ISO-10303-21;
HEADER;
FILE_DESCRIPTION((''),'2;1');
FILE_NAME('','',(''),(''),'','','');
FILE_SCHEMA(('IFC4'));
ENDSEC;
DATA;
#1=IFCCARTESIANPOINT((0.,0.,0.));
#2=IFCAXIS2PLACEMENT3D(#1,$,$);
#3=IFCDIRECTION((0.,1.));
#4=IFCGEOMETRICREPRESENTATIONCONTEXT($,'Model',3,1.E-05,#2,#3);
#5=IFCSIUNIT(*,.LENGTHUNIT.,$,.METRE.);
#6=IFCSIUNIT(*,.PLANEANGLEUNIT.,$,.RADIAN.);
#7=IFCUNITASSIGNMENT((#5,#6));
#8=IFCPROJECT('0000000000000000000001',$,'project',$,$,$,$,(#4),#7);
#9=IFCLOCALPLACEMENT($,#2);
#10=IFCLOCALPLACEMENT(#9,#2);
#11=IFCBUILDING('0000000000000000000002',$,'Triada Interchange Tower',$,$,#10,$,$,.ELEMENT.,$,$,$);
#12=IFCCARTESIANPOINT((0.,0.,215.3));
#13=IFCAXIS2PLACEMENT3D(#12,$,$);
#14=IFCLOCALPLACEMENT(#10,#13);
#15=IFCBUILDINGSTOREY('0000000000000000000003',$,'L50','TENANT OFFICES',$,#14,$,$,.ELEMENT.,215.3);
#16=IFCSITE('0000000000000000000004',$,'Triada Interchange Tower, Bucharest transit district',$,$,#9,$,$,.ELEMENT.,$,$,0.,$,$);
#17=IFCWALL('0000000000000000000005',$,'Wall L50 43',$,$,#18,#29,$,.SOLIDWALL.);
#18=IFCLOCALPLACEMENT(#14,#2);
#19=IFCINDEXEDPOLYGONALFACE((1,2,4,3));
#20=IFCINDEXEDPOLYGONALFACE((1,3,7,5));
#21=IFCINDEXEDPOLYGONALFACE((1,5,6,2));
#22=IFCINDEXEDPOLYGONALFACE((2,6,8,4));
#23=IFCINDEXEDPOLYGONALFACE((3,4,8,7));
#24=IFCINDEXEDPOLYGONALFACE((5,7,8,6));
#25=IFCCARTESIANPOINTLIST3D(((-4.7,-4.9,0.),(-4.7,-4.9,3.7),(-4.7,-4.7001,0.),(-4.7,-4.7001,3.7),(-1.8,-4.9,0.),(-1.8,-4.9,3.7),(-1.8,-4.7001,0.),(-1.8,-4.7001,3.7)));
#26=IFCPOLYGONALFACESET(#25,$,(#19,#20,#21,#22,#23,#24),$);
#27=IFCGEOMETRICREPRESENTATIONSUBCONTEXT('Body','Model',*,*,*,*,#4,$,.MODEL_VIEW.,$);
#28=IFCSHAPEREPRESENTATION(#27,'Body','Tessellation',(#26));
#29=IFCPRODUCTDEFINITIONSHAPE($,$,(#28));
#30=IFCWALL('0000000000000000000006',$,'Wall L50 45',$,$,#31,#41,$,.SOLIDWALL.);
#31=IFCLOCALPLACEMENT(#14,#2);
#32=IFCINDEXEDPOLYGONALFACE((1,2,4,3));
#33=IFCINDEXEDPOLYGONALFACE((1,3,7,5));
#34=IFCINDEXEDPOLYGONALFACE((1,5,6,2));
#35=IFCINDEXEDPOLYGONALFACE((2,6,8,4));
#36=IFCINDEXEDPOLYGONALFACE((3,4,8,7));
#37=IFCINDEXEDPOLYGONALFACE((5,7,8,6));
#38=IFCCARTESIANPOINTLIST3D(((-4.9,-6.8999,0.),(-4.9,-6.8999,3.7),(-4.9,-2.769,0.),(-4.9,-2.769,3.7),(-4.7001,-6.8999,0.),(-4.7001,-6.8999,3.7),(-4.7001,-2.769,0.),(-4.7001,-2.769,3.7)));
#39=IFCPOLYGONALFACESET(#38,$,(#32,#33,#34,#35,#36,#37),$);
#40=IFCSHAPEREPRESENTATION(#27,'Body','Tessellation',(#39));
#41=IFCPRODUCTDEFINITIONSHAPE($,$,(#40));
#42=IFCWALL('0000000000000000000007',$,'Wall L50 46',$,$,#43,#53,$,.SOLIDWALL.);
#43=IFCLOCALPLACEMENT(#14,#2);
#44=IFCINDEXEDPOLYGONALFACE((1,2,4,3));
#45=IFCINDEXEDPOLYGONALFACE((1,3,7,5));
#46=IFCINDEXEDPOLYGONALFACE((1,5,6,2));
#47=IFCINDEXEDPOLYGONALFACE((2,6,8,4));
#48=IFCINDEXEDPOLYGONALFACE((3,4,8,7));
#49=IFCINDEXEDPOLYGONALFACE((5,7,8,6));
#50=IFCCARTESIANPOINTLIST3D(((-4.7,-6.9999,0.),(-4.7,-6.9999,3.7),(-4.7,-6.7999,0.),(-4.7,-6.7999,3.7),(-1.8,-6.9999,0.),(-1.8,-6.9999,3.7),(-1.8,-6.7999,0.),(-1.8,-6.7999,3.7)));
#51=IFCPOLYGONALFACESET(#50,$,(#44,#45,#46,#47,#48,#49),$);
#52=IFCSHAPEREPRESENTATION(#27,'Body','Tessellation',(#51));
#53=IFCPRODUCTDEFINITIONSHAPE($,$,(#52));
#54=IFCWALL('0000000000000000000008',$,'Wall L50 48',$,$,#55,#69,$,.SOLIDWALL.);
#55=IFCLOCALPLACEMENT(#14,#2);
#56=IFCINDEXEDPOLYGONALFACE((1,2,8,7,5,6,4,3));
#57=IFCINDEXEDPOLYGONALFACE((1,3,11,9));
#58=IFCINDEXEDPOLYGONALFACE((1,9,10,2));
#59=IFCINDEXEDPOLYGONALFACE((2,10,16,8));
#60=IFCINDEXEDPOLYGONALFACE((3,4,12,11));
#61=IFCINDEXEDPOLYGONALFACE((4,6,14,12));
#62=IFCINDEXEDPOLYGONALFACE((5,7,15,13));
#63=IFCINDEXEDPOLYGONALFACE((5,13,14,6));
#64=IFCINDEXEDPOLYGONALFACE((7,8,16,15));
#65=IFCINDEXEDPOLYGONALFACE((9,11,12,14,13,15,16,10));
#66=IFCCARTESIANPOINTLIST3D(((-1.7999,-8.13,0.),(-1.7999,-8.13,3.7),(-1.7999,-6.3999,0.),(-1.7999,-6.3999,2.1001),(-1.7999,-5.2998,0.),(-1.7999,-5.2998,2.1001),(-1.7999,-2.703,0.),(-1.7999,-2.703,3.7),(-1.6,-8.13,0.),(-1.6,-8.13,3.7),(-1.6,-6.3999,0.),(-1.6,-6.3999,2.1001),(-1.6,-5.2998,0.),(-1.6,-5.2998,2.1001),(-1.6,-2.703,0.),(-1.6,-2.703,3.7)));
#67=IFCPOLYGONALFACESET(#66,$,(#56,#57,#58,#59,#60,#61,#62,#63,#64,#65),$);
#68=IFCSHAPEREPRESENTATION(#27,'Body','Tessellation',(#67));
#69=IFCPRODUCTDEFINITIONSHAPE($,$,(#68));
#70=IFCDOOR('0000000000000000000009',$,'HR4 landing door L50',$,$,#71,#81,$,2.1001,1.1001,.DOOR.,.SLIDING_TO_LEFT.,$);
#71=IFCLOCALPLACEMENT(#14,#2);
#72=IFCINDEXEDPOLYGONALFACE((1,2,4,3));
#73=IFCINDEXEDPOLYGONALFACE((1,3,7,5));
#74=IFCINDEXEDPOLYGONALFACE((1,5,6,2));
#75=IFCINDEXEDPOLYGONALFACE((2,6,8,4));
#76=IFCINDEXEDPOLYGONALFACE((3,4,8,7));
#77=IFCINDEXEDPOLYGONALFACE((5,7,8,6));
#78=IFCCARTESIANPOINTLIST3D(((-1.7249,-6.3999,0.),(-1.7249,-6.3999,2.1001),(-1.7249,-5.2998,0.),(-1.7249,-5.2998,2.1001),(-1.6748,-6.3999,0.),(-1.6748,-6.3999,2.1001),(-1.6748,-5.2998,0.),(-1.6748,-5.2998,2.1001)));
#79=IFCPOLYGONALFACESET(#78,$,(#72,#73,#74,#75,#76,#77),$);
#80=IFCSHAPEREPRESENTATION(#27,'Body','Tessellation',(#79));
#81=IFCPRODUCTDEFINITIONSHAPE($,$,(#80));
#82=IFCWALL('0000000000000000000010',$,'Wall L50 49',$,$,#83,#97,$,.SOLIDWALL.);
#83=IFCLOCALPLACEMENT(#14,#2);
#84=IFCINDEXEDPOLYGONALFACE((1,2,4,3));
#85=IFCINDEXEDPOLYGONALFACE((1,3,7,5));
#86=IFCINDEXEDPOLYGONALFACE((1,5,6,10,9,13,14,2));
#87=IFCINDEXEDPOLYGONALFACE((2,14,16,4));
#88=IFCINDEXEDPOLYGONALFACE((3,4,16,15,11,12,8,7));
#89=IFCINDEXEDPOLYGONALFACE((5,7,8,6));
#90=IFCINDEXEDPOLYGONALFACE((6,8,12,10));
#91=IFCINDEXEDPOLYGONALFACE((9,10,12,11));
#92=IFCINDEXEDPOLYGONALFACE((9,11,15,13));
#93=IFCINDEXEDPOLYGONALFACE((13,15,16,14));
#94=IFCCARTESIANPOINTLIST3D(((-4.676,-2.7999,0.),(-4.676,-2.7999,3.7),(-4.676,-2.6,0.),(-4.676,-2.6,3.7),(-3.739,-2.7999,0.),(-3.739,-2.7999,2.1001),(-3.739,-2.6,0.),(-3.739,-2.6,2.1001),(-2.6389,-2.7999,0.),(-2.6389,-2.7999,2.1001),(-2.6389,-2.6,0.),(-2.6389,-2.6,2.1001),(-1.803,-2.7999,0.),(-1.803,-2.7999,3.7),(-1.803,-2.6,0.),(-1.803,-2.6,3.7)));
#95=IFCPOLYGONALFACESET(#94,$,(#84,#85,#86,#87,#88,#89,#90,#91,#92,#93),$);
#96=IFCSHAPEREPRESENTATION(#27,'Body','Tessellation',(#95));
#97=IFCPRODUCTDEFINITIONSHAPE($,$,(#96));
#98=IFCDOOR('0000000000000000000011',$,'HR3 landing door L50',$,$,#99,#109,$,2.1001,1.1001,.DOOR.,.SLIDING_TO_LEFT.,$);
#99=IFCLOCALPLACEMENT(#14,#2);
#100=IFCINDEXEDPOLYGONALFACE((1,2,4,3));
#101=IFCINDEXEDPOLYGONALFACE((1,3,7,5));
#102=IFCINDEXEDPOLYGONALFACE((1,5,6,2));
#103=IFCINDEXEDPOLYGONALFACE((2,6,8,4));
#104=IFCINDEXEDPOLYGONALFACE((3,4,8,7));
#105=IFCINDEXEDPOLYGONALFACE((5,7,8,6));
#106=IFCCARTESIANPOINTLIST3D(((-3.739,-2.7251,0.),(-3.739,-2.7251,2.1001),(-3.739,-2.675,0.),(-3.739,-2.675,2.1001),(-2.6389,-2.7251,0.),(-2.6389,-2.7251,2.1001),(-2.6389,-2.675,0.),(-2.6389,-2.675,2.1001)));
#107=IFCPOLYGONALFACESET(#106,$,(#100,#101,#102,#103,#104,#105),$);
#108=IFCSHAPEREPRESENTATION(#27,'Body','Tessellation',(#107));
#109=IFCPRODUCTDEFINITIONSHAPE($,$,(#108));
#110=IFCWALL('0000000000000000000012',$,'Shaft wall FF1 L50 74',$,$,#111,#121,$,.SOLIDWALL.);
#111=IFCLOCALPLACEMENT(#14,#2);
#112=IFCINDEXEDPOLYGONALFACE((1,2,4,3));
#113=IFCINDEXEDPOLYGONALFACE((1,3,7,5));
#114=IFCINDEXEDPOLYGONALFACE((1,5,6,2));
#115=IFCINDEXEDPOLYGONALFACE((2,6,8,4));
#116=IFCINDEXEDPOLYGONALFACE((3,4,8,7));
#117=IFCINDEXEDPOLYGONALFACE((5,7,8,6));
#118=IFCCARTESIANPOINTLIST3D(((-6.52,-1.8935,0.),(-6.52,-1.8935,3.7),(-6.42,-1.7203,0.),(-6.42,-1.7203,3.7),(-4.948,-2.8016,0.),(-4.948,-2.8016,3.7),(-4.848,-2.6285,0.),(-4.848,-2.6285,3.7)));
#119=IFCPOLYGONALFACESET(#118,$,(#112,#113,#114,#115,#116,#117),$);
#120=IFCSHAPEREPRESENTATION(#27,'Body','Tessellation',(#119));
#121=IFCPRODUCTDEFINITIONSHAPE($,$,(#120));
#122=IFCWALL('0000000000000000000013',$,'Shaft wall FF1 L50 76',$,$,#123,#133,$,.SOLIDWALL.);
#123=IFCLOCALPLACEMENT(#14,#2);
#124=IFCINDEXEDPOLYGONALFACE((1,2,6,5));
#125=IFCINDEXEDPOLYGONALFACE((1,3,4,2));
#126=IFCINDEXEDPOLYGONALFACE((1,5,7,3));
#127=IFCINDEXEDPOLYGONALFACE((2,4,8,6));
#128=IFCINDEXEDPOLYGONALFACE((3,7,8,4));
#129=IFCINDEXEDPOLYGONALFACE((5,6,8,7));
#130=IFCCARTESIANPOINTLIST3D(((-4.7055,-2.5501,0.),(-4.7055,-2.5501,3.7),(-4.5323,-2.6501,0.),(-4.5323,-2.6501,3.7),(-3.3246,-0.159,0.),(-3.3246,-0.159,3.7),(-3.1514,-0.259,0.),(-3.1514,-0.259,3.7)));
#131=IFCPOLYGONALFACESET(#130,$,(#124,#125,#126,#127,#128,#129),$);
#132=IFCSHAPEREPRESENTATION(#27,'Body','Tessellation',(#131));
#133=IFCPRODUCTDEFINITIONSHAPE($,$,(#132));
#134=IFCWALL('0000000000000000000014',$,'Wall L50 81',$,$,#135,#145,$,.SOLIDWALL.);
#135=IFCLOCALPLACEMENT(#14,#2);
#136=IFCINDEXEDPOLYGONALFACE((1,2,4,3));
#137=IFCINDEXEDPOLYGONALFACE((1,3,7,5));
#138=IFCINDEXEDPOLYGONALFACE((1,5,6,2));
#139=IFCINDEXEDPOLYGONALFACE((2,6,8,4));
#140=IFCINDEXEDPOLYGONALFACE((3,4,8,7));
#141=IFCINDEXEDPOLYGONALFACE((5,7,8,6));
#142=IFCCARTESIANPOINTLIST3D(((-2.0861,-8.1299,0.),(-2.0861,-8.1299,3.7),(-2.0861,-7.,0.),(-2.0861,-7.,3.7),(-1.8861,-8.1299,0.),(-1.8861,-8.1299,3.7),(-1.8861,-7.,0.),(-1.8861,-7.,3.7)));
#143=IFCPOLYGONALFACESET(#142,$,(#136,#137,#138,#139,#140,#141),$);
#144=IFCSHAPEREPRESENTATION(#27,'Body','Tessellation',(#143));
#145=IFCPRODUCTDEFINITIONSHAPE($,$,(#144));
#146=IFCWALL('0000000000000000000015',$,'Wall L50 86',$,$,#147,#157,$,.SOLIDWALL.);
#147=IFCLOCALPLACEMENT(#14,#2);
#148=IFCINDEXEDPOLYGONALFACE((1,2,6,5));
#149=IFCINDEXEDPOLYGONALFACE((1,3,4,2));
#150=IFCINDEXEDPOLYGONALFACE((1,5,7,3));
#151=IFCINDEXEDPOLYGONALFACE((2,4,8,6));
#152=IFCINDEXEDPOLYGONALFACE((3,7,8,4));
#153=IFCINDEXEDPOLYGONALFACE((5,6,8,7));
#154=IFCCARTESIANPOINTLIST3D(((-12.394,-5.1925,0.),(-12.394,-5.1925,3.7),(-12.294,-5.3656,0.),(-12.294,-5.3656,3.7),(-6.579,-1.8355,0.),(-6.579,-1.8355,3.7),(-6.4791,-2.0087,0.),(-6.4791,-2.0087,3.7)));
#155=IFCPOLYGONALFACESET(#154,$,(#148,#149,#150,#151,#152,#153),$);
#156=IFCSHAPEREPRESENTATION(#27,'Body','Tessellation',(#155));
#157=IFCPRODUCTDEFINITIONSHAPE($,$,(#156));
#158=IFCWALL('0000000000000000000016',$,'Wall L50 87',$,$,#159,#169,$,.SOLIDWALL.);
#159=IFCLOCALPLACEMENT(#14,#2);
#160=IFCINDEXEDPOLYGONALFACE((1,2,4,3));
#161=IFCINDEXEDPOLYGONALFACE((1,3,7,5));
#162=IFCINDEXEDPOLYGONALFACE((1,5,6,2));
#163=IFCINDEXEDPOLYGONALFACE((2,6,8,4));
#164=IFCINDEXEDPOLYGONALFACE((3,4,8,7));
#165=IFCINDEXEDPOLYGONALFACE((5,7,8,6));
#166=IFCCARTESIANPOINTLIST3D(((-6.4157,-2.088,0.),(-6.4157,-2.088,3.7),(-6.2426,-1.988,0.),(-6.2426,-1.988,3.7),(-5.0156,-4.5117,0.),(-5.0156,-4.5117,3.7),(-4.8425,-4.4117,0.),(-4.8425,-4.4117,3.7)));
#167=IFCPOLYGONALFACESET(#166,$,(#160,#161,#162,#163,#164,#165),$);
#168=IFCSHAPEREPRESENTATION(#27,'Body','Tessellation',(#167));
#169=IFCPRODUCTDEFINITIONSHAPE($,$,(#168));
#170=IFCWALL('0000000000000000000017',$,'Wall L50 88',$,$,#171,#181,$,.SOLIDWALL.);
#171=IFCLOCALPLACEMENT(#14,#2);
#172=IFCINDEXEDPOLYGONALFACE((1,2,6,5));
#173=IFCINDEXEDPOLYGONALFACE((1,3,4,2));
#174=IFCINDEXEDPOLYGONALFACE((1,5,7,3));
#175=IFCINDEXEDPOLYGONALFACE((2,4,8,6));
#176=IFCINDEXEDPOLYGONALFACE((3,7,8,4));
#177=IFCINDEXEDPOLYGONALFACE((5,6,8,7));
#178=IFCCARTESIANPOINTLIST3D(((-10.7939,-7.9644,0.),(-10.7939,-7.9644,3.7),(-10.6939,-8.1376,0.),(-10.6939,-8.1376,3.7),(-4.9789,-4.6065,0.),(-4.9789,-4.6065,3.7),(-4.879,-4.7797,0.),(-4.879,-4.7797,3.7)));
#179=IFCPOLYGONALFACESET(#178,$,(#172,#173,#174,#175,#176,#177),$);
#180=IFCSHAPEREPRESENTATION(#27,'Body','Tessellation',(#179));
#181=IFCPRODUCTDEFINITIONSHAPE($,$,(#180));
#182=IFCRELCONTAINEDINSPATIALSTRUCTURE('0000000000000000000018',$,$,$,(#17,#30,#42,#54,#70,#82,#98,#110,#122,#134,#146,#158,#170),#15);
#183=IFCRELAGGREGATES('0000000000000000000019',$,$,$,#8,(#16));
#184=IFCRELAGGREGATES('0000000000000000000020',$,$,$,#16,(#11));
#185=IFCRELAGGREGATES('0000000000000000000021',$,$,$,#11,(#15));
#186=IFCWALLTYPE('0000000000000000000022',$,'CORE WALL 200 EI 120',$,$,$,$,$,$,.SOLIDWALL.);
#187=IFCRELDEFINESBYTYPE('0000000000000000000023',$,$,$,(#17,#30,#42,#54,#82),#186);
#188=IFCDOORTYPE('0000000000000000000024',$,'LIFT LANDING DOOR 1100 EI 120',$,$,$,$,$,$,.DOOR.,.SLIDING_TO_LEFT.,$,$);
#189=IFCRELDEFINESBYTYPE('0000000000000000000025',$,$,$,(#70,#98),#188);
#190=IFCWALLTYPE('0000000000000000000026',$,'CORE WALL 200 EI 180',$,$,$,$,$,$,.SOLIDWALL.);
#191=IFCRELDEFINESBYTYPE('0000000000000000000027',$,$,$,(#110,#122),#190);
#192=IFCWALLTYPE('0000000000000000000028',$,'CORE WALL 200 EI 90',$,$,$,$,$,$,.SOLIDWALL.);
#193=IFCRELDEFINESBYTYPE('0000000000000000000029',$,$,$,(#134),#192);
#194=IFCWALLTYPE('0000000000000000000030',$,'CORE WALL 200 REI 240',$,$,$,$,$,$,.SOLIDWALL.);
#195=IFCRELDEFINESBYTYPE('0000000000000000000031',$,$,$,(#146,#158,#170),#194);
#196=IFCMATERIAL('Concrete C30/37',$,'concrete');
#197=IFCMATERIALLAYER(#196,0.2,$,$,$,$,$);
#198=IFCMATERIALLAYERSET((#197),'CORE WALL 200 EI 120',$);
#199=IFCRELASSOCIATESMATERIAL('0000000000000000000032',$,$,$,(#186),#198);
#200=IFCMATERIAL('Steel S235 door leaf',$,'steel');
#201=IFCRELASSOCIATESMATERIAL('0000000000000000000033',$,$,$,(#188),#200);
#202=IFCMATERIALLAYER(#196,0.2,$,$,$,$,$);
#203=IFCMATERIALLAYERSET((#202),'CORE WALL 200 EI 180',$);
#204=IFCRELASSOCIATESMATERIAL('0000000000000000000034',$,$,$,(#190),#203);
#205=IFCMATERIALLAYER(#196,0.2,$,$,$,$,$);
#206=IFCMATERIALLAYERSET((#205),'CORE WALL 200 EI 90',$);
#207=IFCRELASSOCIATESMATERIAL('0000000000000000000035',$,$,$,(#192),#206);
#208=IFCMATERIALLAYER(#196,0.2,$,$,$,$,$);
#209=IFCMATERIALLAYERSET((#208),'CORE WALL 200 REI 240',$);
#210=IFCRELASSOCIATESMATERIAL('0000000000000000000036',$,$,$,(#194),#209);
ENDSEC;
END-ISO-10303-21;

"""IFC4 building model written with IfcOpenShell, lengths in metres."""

from ifc_helpers import new_model, si_unit, direction, frame, frame_2d, origin, place, context, subcontext, project, spatial, rectangle, extrude, material, layer, layer_set, type_object, element, fill, save


model = new_model("IFC4")

# Units and contexts
model_context = context("Model", 3, precision=1e-05, world=origin(), true_north=direction((0.0, 1.0)))
body_context = subcontext(model_context, "Body", "Model", "MODEL_VIEW")
ifc_project = project(units=[si_unit("LENGTHUNIT", "METRE"), si_unit("PLANEANGLEUNIT", "RADIAN")], contexts=[model_context])

# Site, building, storey
site_placement = place(None, origin())
site = spatial("IfcSite", under=ifc_project, at=site_placement, Name="Triada Interchange Tower, Bucharest transit district", CompositionType="ELEMENT", RefElevation=0.0)
building_placement = place(site_placement, origin())
building = spatial("IfcBuilding", under=site, at=building_placement, Name="Triada Interchange Tower", CompositionType="ELEMENT")
storey_placement = place(building_placement, frame((0.0, 0.0, 215.3)))
storey = spatial("IfcBuildingStorey", under=building, at=storey_placement, Name="L50", Description="TENANT OFFICES", CompositionType="ELEMENT", Elevation=215.3)

# Walls
ifc_material_1 = material(Name="Concrete C30/37", Category="concrete")
ifc_layer_1 = layer(ifc_material_1, 0.2)
ifc_layer_set_1 = layer_set([ifc_layer_1], Name="CORE WALL 200 EI 120")
wall_type_1 = type_object("IfcWallType", Name="CORE WALL 200 EI 120", PredefinedType="SOLIDWALL", material=ifc_layer_set_1)
wall_1_placement = place(storey_placement, frame((-4.7, -4.8, 0.0), z_axis=(0.0, 0.0, 1.0), x_axis=(1.0, 0.0, 0.0)))
element("IfcWall", 1, at=wall_1_placement, inside=storey, type_object=wall_type_1, Name="Wall L50 43", PredefinedType="SOLIDWALL", context=body_context, shape_type="SweptSolid", body=[
    extrude(rectangle(XDim=2.8999, YDim=0.2, at=frame_2d((1.45, 0.0))), origin(), (0.0, 0.0, 1.0), 3.7),
])
wall_2_placement = place(storey_placement, frame((-4.8, -6.8999, 0.0), z_axis=(0.0, 0.0, 1.0), x_axis=(0.0, 1.0, 0.0)))
element("IfcWall", 2, at=wall_2_placement, inside=storey, type_object=wall_type_1, Name="Wall L50 45", PredefinedType="SOLIDWALL", context=body_context, shape_type="SweptSolid", body=[
    extrude(rectangle(XDim=4.1309, YDim=0.2, at=frame_2d((2.0654, 0.0))), origin(), (0.0, 0.0, 1.0), 3.7),
])
wall_3_placement = place(storey_placement, frame((-4.7, -6.8999, 0.0), z_axis=(0.0, 0.0, 1.0), x_axis=(1.0, 0.0, 0.0)))
element("IfcWall", 3, at=wall_3_placement, inside=storey, type_object=wall_type_1, Name="Wall L50 46", PredefinedType="SOLIDWALL", context=body_context, shape_type="SweptSolid", body=[
    extrude(rectangle(XDim=2.8999, YDim=0.2, at=frame_2d((1.45, 0.0))), origin(), (0.0, 0.0, 1.0), 3.7),
])

# Walls, openings, doors
wall_4_placement = place(storey_placement, frame((-1.7, -8.1299, 0.0), z_axis=(0.0, 0.0, 1.0), x_axis=(0.0, 1.0, 0.0)))
wall_4 = element("IfcWall", 4, at=wall_4_placement, inside=storey, type_object=wall_type_1, Name="Wall L50 48", PredefinedType="SOLIDWALL", context=body_context, shape_type="SweptSolid", body=[
    extrude(rectangle(XDim=5.427, YDim=0.2, at=frame_2d((2.7134, 0.0))), origin(), (0.0, 0.0, 1.0), 3.7),
])
opening_1_placement = place(wall_4_placement, frame((1.73, 0.0, 0.0)))
opening_1 = element("IfcOpeningElement", 5, at=opening_1_placement, cuts=wall_4, PredefinedType="OPENING", context=body_context, shape_type="SweptSolid", body=[
    extrude(rectangle(XDim=1.1001, YDim=2.1001, at=frame_2d((0.55, 1.05))), frame((0.0, 0.1099, 0.0), z_axis=(0.0, -1.0, 0.0), x_axis=(1.0, 0.0, 0.0)), (0.0, 0.0, 1.0), 0.22),
])
ifc_material_2 = material(Name="Steel S235 door leaf", Category="steel")
door_type_1 = type_object("IfcDoorType", Name="LIFT LANDING DOOR 1100 EI 120", OperationType="SLIDING_TO_LEFT", PredefinedType="DOOR", material=ifc_material_2)
door_1_placement = place(opening_1_placement, origin())
door_1 = element("IfcDoor", 6, at=door_1_placement, inside=storey, type_object=door_type_1, Name="HR4 landing door L50", OperationType="SLIDING_TO_LEFT", OverallHeight=2.1001, OverallWidth=1.1001, PredefinedType="DOOR", context=body_context, shape_type="SweptSolid", body=[
    extrude(rectangle(XDim=1.1001, YDim=2.1001, at=frame_2d((0.55, 1.05))), frame((0.0, 0.0249, 0.0), z_axis=(0.0, -1.0, 0.0), x_axis=(1.0, 0.0, 0.0)), (0.0, 0.0, 1.0), 0.05),
])
fill(opening_1, door_1)
wall_5_placement = place(storey_placement, frame((-4.676, -2.7, 0.0), z_axis=(0.0, 0.0, 1.0), x_axis=(1.0, 0.0, 0.0)))
wall_5 = element("IfcWall", 7, at=wall_5_placement, inside=storey, type_object=wall_type_1, Name="Wall L50 49", PredefinedType="SOLIDWALL", context=body_context, shape_type="SweptSolid", body=[
    extrude(rectangle(XDim=2.873, YDim=0.2, at=frame_2d((1.4365, 0.0))), origin(), (0.0, 0.0, 1.0), 3.7),
])
opening_2_placement = place(wall_5_placement, frame((0.937, 0.0, 0.0)))
opening_2 = element("IfcOpeningElement", 8, at=opening_2_placement, cuts=wall_5, PredefinedType="OPENING", context=body_context, shape_type="SweptSolid", body=[
    extrude(rectangle(XDim=1.1001, YDim=2.1001, at=frame_2d((0.55, 1.05))), frame((0.0, 0.1099, 0.0), z_axis=(0.0, -1.0, 0.0), x_axis=(1.0, 0.0, 0.0)), (0.0, 0.0, 1.0), 0.22),
])
door_2_placement = place(opening_2_placement, origin())
door_2 = element("IfcDoor", 9, at=door_2_placement, inside=storey, type_object=door_type_1, Name="HR3 landing door L50", OperationType="SLIDING_TO_LEFT", OverallHeight=2.1001, OverallWidth=1.1001, PredefinedType="DOOR", context=body_context, shape_type="SweptSolid", body=[
    extrude(rectangle(XDim=1.1001, YDim=2.1001, at=frame_2d((0.55, 1.05))), frame((0.0, 0.0249, 0.0), z_axis=(0.0, -1.0, 0.0), x_axis=(1.0, 0.0, 0.0)), (0.0, 0.0, 1.0), 0.05),
])
fill(opening_2, door_2)

# Walls
ifc_layer_2 = layer(ifc_material_1, 0.2)
ifc_layer_set_2 = layer_set([ifc_layer_2], Name="CORE WALL 200 EI 180")
wall_type_2 = type_object("IfcWallType", Name="CORE WALL 200 EI 180", PredefinedType="SOLIDWALL", material=ifc_layer_set_2)
wall_6_placement = place(storey_placement, frame((-6.47, -1.8069, 0.0), z_axis=(0.0, 0.0, 1.0), x_axis=(0.865883, -0.500246, 0.0)))
element("IfcWall", 10, at=wall_6_placement, inside=storey, type_object=wall_type_2, Name="Shaft wall FF1 L50 74", PredefinedType="SOLIDWALL", context=body_context, shape_type="SweptSolid", body=[
    extrude(rectangle(XDim=1.8154, YDim=0.2, at=frame_2d((0.9077, 0.0))), origin(), (0.0, 0.0, 1.0), 3.7),
])
wall_7_placement = place(storey_placement, frame((-4.6189, -2.6001, 0.0), z_axis=(0.0, 0.0, 1.0), x_axis=(0.500095, 0.865971, 0.0)))
element("IfcWall", 11, at=wall_7_placement, inside=storey, type_object=wall_type_2, Name="Shaft wall FF1 L50 76", PredefinedType="SOLIDWALL", context=body_context, shape_type="SweptSolid", body=[
    extrude(rectangle(XDim=2.7612, YDim=0.2, at=frame_2d((1.3806, 0.0))), origin(), (0.0, 0.0, 1.0), 3.7),
])
ifc_layer_3 = layer(ifc_material_1, 0.2)
ifc_layer_set_3 = layer_set([ifc_layer_3], Name="CORE WALL 200 EI 90")
wall_type_3 = type_object("IfcWallType", Name="CORE WALL 200 EI 90", PredefinedType="SOLIDWALL", material=ifc_layer_set_3)
wall_8_placement = place(storey_placement, frame((-1.9861, -8.1299, 0.0), z_axis=(0.0, 0.0, 1.0), x_axis=(0.0, 1.0, 0.0)))
element("IfcWall", 12, at=wall_8_placement, inside=storey, type_object=wall_type_3, Name="Wall L50 81", PredefinedType="SOLIDWALL", context=body_context, shape_type="SweptSolid", body=[
    extrude(rectangle(XDim=1.1299, YDim=0.2, at=frame_2d((0.5649, 0.0))), origin(), (0.0, 0.0, 1.0), 3.7),
])
ifc_layer_4 = layer(ifc_material_1, 0.2)
ifc_layer_set_4 = layer_set([ifc_layer_4], Name="CORE WALL 200 REI 240")
wall_type_4 = type_object("IfcWallType", Name="CORE WALL 200 REI 240", PredefinedType="SOLIDWALL", material=ifc_layer_set_4)
wall_9_placement = place(storey_placement, frame((-12.344, -5.2791, 0.0), z_axis=(0.0, 0.0, 1.0), x_axis=(0.866046, 0.499964, 0.0)))
element("IfcWall", 13, at=wall_9_placement, inside=storey, type_object=wall_type_4, Name="Wall L50 86", PredefinedType="SOLIDWALL", context=body_context, shape_type="SweptSolid", body=[
    extrude(rectangle(XDim=6.7144, YDim=0.2, at=frame_2d((3.3572, 0.0))), origin(), (0.0, 0.0, 1.0), 3.7),
])
wall_10_placement = place(storey_placement, frame((-6.3291, -2.0381, 0.0), z_axis=(0.0, 0.0, 1.0), x_axis=(0.500201, -0.86591, 0.0)))
element("IfcWall", 14, at=wall_10_placement, inside=storey, type_object=wall_type_4, Name="Wall L50 87", PredefinedType="SOLIDWALL", context=body_context, shape_type="SweptSolid", body=[
    extrude(rectangle(XDim=2.7991, YDim=0.2, at=frame_2d((1.3994, 0.0))), origin(), (0.0, 0.0, 1.0), 3.7),
])
wall_11_placement = place(storey_placement, frame((-10.7439, -8.051, 0.0), z_axis=(0.0, 0.0, 1.0), x_axis=(0.865983, 0.500073, 0.0)))
element("IfcWall", 15, at=wall_11_placement, inside=storey, type_object=wall_type_4, Name="Wall L50 88", PredefinedType="SOLIDWALL", context=body_context, shape_type="SweptSolid", body=[
    extrude(rectangle(XDim=6.7148, YDim=0.2, at=frame_2d((3.3574, 0.0))), origin(), (0.0, 0.0, 1.0), 3.7),
])

save(model, "model.ifc")
